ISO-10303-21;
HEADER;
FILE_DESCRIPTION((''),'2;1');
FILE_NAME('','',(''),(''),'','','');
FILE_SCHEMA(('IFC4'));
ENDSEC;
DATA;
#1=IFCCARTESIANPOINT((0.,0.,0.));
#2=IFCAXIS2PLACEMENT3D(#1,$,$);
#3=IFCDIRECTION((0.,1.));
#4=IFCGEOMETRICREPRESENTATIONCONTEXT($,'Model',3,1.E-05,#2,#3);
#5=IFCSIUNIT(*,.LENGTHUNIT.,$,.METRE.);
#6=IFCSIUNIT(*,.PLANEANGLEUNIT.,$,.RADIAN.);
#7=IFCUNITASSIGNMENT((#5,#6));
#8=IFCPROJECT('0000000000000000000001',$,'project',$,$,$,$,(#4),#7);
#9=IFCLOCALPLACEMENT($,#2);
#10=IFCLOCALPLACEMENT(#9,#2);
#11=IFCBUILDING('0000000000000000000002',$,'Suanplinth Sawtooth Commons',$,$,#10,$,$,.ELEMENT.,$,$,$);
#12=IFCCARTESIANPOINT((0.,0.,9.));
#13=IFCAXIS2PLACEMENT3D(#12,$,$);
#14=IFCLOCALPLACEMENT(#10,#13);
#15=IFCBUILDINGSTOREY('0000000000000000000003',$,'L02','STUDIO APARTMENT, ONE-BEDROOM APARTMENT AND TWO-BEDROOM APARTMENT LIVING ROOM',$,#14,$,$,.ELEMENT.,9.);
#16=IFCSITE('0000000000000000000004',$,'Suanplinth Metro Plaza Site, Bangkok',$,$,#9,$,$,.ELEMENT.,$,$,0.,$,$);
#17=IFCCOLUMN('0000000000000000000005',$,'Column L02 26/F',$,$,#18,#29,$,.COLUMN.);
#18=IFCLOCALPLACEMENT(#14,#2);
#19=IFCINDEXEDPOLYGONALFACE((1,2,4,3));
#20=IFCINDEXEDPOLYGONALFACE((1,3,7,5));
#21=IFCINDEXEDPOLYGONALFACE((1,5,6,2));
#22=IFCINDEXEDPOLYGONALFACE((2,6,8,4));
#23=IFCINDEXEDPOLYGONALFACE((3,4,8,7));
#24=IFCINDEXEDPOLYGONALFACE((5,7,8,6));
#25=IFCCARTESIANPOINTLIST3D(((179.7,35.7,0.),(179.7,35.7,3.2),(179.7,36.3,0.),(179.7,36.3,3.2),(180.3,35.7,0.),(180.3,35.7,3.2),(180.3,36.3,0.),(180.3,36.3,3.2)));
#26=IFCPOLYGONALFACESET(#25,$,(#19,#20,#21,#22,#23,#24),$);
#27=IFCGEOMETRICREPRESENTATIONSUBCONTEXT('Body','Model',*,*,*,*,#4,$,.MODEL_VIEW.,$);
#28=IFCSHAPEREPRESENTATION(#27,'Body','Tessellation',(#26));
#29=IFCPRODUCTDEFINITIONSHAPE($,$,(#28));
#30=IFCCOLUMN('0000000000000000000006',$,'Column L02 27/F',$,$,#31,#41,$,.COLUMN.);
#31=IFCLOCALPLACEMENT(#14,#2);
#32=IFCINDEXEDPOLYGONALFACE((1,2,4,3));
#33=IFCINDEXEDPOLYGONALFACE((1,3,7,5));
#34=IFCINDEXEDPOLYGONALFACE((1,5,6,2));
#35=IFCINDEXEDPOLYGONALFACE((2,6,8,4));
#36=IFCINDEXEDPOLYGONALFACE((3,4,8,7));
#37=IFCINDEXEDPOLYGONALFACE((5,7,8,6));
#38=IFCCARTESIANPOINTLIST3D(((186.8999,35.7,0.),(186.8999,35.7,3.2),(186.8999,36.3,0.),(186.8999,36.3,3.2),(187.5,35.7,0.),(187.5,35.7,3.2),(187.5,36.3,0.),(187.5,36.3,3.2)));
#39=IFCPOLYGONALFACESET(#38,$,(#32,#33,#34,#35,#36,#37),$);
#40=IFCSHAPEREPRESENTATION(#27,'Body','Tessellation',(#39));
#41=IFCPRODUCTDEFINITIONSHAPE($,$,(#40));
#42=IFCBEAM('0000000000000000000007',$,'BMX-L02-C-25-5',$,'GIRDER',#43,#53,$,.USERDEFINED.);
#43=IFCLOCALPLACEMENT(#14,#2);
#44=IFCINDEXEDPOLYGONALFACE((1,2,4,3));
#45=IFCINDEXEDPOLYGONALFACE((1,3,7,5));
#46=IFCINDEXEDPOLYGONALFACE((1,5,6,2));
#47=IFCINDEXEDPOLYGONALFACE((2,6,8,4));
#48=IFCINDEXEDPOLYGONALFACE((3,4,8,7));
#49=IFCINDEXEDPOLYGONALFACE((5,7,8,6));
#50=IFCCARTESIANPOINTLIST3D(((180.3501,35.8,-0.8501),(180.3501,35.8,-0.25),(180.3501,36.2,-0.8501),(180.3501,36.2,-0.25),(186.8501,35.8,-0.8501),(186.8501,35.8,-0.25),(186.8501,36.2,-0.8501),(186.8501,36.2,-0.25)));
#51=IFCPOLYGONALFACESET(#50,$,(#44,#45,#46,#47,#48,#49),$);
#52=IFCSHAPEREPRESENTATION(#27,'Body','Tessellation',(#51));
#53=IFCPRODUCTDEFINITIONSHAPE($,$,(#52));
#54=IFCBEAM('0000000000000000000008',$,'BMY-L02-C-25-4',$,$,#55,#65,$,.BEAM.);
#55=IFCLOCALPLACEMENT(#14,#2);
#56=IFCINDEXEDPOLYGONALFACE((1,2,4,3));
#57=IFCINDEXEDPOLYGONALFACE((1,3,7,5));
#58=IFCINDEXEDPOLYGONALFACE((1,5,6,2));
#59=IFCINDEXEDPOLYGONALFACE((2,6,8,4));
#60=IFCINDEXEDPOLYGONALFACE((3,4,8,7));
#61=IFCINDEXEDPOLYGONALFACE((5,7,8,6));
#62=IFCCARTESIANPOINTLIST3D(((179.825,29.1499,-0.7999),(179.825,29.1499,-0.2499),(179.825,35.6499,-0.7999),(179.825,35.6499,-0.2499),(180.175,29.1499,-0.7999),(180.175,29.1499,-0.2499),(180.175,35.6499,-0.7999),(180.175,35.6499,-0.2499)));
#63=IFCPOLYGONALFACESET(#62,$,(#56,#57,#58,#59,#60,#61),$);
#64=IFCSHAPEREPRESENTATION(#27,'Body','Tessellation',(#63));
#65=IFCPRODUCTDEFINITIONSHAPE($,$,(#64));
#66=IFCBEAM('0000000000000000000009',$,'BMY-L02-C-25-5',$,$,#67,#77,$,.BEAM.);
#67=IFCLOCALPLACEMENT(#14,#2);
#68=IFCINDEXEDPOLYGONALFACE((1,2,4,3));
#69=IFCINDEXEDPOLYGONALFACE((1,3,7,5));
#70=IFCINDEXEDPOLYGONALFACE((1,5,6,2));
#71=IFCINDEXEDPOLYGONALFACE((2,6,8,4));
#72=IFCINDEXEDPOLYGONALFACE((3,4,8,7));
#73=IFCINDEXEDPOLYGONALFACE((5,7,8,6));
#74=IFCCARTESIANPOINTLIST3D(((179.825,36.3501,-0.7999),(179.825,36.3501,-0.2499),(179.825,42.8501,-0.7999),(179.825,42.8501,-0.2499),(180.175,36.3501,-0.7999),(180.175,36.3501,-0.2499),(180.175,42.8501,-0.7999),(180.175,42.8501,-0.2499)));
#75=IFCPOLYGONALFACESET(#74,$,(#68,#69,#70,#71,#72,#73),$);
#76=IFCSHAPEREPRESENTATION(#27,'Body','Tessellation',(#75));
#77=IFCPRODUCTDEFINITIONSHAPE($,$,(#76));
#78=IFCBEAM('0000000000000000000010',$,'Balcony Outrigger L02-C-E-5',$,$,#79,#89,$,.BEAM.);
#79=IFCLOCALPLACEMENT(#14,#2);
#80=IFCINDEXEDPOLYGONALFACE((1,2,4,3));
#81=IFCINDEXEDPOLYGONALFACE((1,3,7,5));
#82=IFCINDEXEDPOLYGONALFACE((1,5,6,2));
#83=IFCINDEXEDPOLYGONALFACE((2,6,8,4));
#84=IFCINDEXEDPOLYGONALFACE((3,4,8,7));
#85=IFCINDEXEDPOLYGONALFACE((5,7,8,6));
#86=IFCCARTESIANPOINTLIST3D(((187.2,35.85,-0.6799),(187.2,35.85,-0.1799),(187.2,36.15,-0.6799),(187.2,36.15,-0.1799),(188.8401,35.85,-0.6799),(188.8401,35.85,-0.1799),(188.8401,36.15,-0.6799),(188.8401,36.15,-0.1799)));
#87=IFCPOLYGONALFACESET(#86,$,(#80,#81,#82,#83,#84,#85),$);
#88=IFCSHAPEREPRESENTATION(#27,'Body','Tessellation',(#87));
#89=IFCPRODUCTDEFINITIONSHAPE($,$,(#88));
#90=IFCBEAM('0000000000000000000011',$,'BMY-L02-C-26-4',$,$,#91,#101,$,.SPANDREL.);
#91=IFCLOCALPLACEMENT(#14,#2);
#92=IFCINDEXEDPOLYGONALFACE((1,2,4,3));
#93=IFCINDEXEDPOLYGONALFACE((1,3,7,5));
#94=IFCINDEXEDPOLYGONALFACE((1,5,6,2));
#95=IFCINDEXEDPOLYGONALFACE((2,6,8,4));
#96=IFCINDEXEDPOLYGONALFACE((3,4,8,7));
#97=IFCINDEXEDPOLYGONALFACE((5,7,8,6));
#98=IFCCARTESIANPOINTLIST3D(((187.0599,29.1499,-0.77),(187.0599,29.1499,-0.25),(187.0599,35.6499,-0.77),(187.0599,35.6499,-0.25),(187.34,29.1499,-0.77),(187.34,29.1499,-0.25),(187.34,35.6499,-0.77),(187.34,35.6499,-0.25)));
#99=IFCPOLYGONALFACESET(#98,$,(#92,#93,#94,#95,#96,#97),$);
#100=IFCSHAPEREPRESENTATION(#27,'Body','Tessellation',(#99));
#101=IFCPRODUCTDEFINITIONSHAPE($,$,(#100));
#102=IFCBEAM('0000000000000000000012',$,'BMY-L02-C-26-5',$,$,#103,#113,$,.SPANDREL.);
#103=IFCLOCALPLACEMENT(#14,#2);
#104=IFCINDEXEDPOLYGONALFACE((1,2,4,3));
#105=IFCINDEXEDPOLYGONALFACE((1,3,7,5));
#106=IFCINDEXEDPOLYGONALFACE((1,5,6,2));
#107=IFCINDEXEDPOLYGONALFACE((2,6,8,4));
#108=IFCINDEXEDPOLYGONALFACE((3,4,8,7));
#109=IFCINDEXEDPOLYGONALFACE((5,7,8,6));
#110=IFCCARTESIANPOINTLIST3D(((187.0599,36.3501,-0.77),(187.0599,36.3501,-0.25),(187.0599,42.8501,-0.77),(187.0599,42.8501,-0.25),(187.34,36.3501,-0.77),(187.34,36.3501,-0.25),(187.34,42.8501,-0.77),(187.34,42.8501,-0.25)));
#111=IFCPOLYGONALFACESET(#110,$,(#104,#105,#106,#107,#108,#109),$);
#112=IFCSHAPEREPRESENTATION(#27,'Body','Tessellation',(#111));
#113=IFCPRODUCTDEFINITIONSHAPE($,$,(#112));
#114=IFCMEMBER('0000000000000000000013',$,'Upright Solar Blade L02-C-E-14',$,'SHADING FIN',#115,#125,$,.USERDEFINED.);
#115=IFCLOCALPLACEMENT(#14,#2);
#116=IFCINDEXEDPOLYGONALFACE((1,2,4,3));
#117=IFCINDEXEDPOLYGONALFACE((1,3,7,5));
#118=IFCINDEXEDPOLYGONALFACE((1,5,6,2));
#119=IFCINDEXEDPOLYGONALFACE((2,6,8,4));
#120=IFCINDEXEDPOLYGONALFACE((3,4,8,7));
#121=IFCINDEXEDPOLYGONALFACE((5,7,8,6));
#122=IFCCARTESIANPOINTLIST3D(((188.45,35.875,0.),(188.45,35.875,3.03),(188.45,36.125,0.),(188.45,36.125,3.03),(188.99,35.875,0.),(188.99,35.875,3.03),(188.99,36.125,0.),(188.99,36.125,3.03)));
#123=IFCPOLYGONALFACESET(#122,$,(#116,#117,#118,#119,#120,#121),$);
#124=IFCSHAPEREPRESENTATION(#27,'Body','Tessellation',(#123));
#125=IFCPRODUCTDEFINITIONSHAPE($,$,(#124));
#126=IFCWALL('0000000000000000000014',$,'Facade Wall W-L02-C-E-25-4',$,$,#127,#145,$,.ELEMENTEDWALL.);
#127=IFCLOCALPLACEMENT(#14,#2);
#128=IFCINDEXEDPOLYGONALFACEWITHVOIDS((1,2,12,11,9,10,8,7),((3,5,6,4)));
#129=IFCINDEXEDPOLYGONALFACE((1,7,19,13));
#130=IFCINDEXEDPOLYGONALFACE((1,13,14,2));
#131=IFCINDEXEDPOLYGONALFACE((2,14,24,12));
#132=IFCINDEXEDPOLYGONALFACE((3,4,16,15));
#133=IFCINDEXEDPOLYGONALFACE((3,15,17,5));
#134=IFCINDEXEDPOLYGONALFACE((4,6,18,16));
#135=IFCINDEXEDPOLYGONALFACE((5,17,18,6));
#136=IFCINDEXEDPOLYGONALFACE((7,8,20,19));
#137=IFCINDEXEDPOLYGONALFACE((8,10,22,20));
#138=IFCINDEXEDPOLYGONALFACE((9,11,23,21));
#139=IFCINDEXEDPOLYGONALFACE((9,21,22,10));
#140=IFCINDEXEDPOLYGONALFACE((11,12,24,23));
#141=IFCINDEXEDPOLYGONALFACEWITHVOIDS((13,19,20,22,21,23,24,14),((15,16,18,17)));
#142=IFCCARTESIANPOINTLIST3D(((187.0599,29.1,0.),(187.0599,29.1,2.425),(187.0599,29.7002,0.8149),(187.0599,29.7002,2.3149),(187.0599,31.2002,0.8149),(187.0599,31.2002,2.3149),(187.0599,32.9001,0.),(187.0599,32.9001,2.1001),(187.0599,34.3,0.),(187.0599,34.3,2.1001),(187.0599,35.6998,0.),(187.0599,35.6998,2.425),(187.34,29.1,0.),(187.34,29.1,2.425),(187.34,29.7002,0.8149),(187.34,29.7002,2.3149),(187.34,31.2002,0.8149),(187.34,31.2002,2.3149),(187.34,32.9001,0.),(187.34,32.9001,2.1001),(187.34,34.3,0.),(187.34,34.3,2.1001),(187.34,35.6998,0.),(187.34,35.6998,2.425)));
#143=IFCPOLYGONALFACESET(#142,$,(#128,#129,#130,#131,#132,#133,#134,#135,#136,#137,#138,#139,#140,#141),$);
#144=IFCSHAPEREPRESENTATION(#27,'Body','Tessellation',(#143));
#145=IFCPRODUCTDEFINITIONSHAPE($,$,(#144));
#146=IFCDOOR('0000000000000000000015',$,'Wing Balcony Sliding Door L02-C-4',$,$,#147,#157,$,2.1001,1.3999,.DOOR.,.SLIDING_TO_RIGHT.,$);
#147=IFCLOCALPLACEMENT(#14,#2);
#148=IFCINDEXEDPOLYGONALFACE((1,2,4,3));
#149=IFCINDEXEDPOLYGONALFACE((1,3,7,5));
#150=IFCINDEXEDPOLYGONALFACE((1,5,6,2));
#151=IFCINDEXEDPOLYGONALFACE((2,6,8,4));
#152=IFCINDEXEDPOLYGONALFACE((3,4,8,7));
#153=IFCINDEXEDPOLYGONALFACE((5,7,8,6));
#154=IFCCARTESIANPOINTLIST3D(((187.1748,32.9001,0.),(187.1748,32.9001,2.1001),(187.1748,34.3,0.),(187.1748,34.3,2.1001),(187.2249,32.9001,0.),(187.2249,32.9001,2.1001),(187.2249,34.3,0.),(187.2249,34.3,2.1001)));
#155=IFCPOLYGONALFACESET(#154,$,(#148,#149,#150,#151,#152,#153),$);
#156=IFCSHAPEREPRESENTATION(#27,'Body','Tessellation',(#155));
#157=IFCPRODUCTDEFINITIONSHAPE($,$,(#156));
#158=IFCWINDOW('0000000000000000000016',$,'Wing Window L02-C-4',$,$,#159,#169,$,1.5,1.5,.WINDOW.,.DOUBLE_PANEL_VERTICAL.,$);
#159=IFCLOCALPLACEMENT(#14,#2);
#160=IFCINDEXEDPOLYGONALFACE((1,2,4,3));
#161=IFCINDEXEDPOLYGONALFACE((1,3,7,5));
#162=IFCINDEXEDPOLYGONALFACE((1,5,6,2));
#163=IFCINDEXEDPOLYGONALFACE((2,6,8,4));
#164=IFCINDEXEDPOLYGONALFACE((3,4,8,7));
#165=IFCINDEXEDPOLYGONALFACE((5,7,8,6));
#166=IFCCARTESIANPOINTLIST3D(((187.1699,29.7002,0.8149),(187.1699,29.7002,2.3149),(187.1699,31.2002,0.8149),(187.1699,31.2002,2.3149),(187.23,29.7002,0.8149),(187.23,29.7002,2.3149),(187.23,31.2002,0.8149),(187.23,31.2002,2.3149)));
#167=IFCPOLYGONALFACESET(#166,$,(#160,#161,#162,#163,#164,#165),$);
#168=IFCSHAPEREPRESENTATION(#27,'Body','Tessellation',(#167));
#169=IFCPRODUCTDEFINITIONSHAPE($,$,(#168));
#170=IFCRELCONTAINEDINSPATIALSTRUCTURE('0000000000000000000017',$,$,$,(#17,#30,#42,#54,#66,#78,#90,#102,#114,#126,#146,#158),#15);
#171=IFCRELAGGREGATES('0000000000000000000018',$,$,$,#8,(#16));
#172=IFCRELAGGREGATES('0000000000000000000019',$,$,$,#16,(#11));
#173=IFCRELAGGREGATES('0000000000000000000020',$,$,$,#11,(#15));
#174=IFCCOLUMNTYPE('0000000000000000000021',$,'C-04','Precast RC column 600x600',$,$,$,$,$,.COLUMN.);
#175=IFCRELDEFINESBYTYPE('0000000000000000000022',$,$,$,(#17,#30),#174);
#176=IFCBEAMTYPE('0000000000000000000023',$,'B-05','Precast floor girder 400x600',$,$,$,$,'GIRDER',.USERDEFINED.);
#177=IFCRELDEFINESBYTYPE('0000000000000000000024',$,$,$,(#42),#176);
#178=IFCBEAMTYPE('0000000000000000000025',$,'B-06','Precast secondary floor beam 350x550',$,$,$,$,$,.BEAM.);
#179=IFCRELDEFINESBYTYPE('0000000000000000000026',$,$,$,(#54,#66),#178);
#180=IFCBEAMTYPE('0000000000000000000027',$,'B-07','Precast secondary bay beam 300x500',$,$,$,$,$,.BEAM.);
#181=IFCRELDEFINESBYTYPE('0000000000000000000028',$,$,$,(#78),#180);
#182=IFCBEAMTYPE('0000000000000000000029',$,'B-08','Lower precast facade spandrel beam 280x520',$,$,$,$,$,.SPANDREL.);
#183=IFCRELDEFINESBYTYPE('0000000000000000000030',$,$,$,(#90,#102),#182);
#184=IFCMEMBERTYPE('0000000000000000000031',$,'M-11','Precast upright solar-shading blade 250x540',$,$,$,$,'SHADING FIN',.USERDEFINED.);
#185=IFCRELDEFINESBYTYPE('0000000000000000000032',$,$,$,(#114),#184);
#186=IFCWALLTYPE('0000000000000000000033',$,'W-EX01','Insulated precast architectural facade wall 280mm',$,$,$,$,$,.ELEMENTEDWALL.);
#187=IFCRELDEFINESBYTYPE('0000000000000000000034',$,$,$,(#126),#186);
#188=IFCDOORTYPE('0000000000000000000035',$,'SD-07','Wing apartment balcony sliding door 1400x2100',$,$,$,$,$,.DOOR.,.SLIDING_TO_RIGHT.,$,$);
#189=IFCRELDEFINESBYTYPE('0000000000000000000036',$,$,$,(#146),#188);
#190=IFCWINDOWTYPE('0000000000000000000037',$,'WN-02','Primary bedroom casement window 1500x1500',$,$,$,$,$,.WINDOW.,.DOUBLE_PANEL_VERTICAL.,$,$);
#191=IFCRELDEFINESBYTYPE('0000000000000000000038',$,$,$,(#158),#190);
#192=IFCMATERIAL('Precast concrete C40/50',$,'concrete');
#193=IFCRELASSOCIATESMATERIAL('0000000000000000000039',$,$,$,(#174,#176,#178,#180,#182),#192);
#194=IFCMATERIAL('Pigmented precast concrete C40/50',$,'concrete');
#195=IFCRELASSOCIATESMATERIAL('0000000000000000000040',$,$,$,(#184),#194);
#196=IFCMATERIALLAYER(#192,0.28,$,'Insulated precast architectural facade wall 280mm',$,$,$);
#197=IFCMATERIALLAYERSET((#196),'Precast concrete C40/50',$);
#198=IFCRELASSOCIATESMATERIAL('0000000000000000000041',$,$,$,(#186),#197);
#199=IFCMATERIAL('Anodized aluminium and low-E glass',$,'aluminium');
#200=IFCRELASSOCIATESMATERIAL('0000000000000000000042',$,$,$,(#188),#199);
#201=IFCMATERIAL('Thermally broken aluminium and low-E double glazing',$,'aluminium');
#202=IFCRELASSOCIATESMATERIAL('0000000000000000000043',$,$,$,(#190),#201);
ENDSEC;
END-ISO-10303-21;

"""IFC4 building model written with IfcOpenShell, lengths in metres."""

from ifc_helpers import new_model, si_unit, direction, frame, frame_2d, origin, origin_2d, place, context, subcontext, project, spatial, rectangle, extrude, material, layer, layer_set, material_profile, profile_set, type_object, element, fill, save


model = new_model("IFC4")

# Units and contexts
model_context = context("Model", 3, precision=1e-05, world=origin(), true_north=direction((0.0, 1.0)))
body_context = subcontext(model_context, "Body", "Model", "MODEL_VIEW")
ifc_project = project(units=[si_unit("LENGTHUNIT", "METRE"), si_unit("PLANEANGLEUNIT", "RADIAN")], contexts=[model_context])

# Site, building, storey
site_placement = place(None, origin())
site = spatial("IfcSite", under=ifc_project, at=site_placement, Name="Suanplinth Metro Plaza Site, Bangkok", CompositionType="ELEMENT", RefElevation=0.0)
building_placement = place(site_placement, origin())
building = spatial("IfcBuilding", under=site, at=building_placement, Name="Suanplinth Sawtooth Commons", CompositionType="ELEMENT")
storey_placement = place(building_placement, frame((0.0, 0.0, 9.0)))
storey = spatial("IfcBuildingStorey", under=building, at=storey_placement, Name="L02", Description="STUDIO APARTMENT, ONE-BEDROOM APARTMENT AND TWO-BEDROOM APARTMENT LIVING ROOM", CompositionType="ELEMENT", Elevation=9.0)

# Columns
ifc_material_1 = material(Name="Precast concrete C40/50", Category="concrete")
ifc_material_profile_1 = material_profile(ifc_material_1, rectangle(XDim=0.6001, YDim=0.6001, at=origin_2d()), Name="PC-COL 600x600")
ifc_profile_set_1 = profile_set([ifc_material_profile_1], Name="Precast concrete C40/50")
column_type = type_object("IfcColumnType", Name="C-04", Description="Precast RC column 600x600", PredefinedType="COLUMN", material=ifc_profile_set_1)
for number, where, z_axis, x_axis, name in (
    (1, (180.0, 36.0, 0.0), (0.0, 0.0, 1.0), (1.0, 0.0, 0.0), "Column L02 26/F"),
    (2, (187.2, 36.0, 0.0), (0.0, 0.0, 1.0), (1.0, 0.0, 0.0), "Column L02 27/F"),
):
    element("IfcColumn", number, at=place(storey_placement, frame(where, z_axis=z_axis, x_axis=x_axis)), inside=storey, type_object=column_type, Name=name, PredefinedType="COLUMN", context=body_context, shape_type="SweptSolid", body=[
        extrude(rectangle(XDim=0.6001, YDim=0.6001, at=origin_2d()), origin(), (0.0, 0.0, 1.0), 3.2),
    ])

# Beams
ifc_material_profile_2 = material_profile(ifc_material_1, rectangle(XDim=0.3999, YDim=0.6001, at=origin_2d()), Name="PC-GDR 400x600")
ifc_profile_set_2 = profile_set([ifc_material_profile_2], Name="Precast concrete C40/50")
beam_type_1 = type_object("IfcBeamType", Name="B-05", Description="Precast floor girder 400x600", ElementType="GIRDER", PredefinedType="USERDEFINED", material=ifc_profile_set_2)
beam_1_placement = place(storey_placement, frame((180.3501, 36.0, -0.55), z_axis=(1.0, 0.0, 0.0), x_axis=(0.0, 1.0, 0.0)))
element("IfcBeam", 3, at=beam_1_placement, inside=storey, type_object=beam_type_1, Name="BMX-L02-C-25-5", ObjectType="GIRDER", PredefinedType="USERDEFINED", context=body_context, shape_type="SweptSolid", body=[
    extrude(rectangle(XDim=0.3999, YDim=0.6001, at=origin_2d()), origin(), (0.0, 0.0, 1.0), 6.5),
])
ifc_material_profile_3 = material_profile(ifc_material_1, rectangle(XDim=0.3501, YDim=0.55, at=origin_2d()), Name="PC-BM 350x550")
ifc_profile_set_3 = profile_set([ifc_material_profile_3], Name="Precast concrete C40/50")
beam_type_2 = type_object("IfcBeamType", Name="B-06", Description="Precast secondary floor beam 350x550", PredefinedType="BEAM", material=ifc_profile_set_3)
for number, where, z_axis, x_axis, name in (
    (4, (180.0, 29.1499, -0.5249), (0.0, 1.0, 0.0), (-1.0, 0.0, 0.0), "BMY-L02-C-25-4"),
    (5, (180.0, 36.3501, -0.5249), (0.0, 1.0, 0.0), (-1.0, 0.0, 0.0), "BMY-L02-C-25-5"),
):
    element("IfcBeam", number, at=place(storey_placement, frame(where, z_axis=z_axis, x_axis=x_axis)), inside=storey, type_object=beam_type_2, Name=name, PredefinedType="BEAM", context=body_context, shape_type="SweptSolid", body=[
        extrude(rectangle(XDim=0.3501, YDim=0.55, at=origin_2d()), origin(), (0.0, 0.0, 1.0), 6.5),
    ])
ifc_material_profile_4 = material_profile(ifc_material_1, rectangle(XDim=0.3, YDim=0.5, at=origin_2d()), Name="PC-BM 300x500")
ifc_profile_set_4 = profile_set([ifc_material_profile_4], Name="Precast concrete C40/50")
beam_type_3 = type_object("IfcBeamType", Name="B-07", Description="Precast secondary bay beam 300x500", PredefinedType="BEAM", material=ifc_profile_set_4)
beam_2_placement = place(storey_placement, frame((187.2, 36.0, -0.4299), z_axis=(1.0, 0.0, 0.0), x_axis=(0.0, 1.0, 0.0)))
element("IfcBeam", 6, at=beam_2_placement, inside=storey, type_object=beam_type_3, Name="Balcony Outrigger L02-C-E-5", PredefinedType="BEAM", context=body_context, shape_type="SweptSolid", body=[
    extrude(rectangle(XDim=0.3, YDim=0.5, at=origin_2d()), origin(), (0.0, 0.0, 1.0), 1.6401),
])
ifc_material_profile_5 = material_profile(ifc_material_1, rectangle(XDim=0.28, YDim=0.52, at=origin_2d()), Name="PC-SP 280x520")
ifc_profile_set_5 = profile_set([ifc_material_profile_5], Name="Precast concrete C40/50")
beam_type_4 = type_object("IfcBeamType", Name="B-08", Description="Lower precast facade spandrel beam 280x520", PredefinedType="SPANDREL", material=ifc_profile_set_5)
for number, where, z_axis, x_axis, name in (
    (7, (187.2, 29.1499, -0.51), (0.0, 1.0, 0.0), (-1.0, 0.0, 0.0), "BMY-L02-C-26-4"),
    (8, (187.2, 36.3501, -0.51), (0.0, 1.0, 0.0), (-1.0, 0.0, 0.0), "BMY-L02-C-26-5"),
):
    element("IfcBeam", number, at=place(storey_placement, frame(where, z_axis=z_axis, x_axis=x_axis)), inside=storey, type_object=beam_type_4, Name=name, PredefinedType="SPANDREL", context=body_context, shape_type="SweptSolid", body=[
        extrude(rectangle(XDim=0.28, YDim=0.52, at=origin_2d()), origin(), (0.0, 0.0, 1.0), 6.5),
    ])

# Member
ifc_material_2 = material(Name="Pigmented precast concrete C40/50", Category="concrete")
ifc_material_profile_6 = material_profile(ifc_material_2, rectangle(XDim=0.25, YDim=0.54, at=origin_2d()), Name="PC-FIN 250x540")
ifc_profile_set_6 = profile_set([ifc_material_profile_6], Name="Pigmented precast concrete C40/50")
member_type = type_object("IfcMemberType", Name="M-11", Description="Precast upright solar-shading blade 250x540", ElementType="SHADING FIN", PredefinedType="USERDEFINED", material=ifc_profile_set_6)
member_placement = place(storey_placement, frame((188.72, 36.0, 0.0), z_axis=(0.0, 0.0, 1.0), x_axis=(0.0, 1.0, 0.0)))
element("IfcMember", 9, at=member_placement, inside=storey, type_object=member_type, Name="Upright Solar Blade L02-C-E-14", ObjectType="SHADING FIN", PredefinedType="USERDEFINED", context=body_context, shape_type="SweptSolid", body=[
    extrude(rectangle(XDim=0.25, YDim=0.54, at=origin_2d()), origin(), (0.0, 0.0, 1.0), 3.03),
])

# Wall, openings, door, window
ifc_layer_1 = layer(ifc_material_1, 0.28, Name="Insulated precast architectural facade wall 280mm")
ifc_layer_set_1 = layer_set([ifc_layer_1], Name="Precast concrete C40/50")
wall_type_1 = type_object("IfcWallType", Name="W-EX01", Description="Insulated precast architectural facade wall 280mm", PredefinedType="ELEMENTEDWALL", material=ifc_layer_set_1)
wall_1_placement = place(storey_placement, frame((187.2, 29.1001, 0.0), z_axis=(0.0, 0.0, 1.0), x_axis=(0.0, 1.0, 0.0)))
wall_1 = element("IfcWall", 10, at=wall_1_placement, inside=storey, type_object=wall_type_1, Name="Facade Wall W-L02-C-E-25-4", PredefinedType="ELEMENTEDWALL", context=body_context, shape_type="SweptSolid", body=[
    extrude(rectangle(XDim=6.5999, YDim=0.28, at=frame_2d((3.2998, 0.0))), origin(), (0.0, 0.0, 1.0), 2.425),
])
opening_1_placement = place(wall_1_placement, frame((3.8, 0.0, 0.0)))
opening_1 = element("IfcOpeningElement", 11, at=opening_1_placement, cuts=wall_1, PredefinedType="OPENING", context=body_context, shape_type="SweptSolid", body=[
    extrude(rectangle(XDim=1.3999, YDim=2.1001, at=frame_2d((0.7, 1.05))), frame((0.0, 0.1548, 0.0), z_axis=(0.0, -1.0, 0.0), x_axis=(1.0, 0.0, 0.0)), (0.0, 0.0, 1.0), 0.3098),
])
opening_2_placement = place(wall_1_placement, frame((0.6001, 0.0, 0.8149)))
opening_2 = element("IfcOpeningElement", 12, at=opening_2_placement, cuts=wall_1, PredefinedType="OPENING", context=body_context, shape_type="SweptSolid", body=[
    extrude(rectangle(XDim=1.5, YDim=1.5, at=frame_2d((0.75, 0.75))), frame((0.0, 0.1548, 0.0), z_axis=(0.0, -1.0, 0.0), x_axis=(1.0, 0.0, 0.0)), (0.0, 0.0, 1.0), 0.3098),
])
ifc_material_3 = material(Name="Anodized aluminium and low-E glass", Category="aluminium")
door_type_1 = type_object("IfcDoorType", Name="SD-07", Description="Wing apartment balcony sliding door 1400x2100", OperationType="SLIDING_TO_RIGHT", PredefinedType="DOOR", material=ifc_material_3)
door_1_placement = place(opening_1_placement, frame((1.3999, 0.0, 0.0), z_axis=(0.0, 0.0, 1.0), x_axis=(-1.0, 0.0, 0.0)))
door_1 = element("IfcDoor", 13, at=door_1_placement, inside=storey, type_object=door_type_1, Name="Wing Balcony Sliding Door L02-C-4", OperationType="SLIDING_TO_RIGHT", OverallHeight=2.1001, OverallWidth=1.3999, PredefinedType="DOOR", context=body_context, shape_type="SweptSolid", body=[
    extrude(rectangle(XDim=1.3999, YDim=2.1001, at=frame_2d((0.7, 1.05))), frame((0.0, 0.0249, 0.0), z_axis=(0.0, -1.0, 0.0), x_axis=(1.0, 0.0, 0.0)), (0.0, 0.0, 1.0), 0.05),
])
fill(opening_1, door_1)
ifc_material_4 = material(Name="Thermally broken aluminium and low-E double glazing", Category="aluminium")
window_type = type_object("IfcWindowType", Name="WN-02", Description="Primary bedroom casement window 1500x1500", PartitioningType="DOUBLE_PANEL_VERTICAL", PredefinedType="WINDOW", material=ifc_material_4)
window_1_placement = place(opening_2_placement, origin())
window_1 = element("IfcWindow", 14, at=window_1_placement, inside=storey, type_object=window_type, Name="Wing Window L02-C-4", OverallHeight=1.5, OverallWidth=1.5, PartitioningType="DOUBLE_PANEL_VERTICAL", PredefinedType="WINDOW", context=body_context, shape_type="SweptSolid", body=[
    extrude(rectangle(XDim=1.5, YDim=1.5, at=frame_2d((0.75, 0.75))), frame((0.0, 0.03, 0.0), z_axis=(0.0, -1.0, 0.0), x_axis=(1.0, 0.0, 0.0)), (0.0, 0.0, 1.0), 0.0601),
])
fill(opening_2, window_1)

save(model, "model.ifc")
